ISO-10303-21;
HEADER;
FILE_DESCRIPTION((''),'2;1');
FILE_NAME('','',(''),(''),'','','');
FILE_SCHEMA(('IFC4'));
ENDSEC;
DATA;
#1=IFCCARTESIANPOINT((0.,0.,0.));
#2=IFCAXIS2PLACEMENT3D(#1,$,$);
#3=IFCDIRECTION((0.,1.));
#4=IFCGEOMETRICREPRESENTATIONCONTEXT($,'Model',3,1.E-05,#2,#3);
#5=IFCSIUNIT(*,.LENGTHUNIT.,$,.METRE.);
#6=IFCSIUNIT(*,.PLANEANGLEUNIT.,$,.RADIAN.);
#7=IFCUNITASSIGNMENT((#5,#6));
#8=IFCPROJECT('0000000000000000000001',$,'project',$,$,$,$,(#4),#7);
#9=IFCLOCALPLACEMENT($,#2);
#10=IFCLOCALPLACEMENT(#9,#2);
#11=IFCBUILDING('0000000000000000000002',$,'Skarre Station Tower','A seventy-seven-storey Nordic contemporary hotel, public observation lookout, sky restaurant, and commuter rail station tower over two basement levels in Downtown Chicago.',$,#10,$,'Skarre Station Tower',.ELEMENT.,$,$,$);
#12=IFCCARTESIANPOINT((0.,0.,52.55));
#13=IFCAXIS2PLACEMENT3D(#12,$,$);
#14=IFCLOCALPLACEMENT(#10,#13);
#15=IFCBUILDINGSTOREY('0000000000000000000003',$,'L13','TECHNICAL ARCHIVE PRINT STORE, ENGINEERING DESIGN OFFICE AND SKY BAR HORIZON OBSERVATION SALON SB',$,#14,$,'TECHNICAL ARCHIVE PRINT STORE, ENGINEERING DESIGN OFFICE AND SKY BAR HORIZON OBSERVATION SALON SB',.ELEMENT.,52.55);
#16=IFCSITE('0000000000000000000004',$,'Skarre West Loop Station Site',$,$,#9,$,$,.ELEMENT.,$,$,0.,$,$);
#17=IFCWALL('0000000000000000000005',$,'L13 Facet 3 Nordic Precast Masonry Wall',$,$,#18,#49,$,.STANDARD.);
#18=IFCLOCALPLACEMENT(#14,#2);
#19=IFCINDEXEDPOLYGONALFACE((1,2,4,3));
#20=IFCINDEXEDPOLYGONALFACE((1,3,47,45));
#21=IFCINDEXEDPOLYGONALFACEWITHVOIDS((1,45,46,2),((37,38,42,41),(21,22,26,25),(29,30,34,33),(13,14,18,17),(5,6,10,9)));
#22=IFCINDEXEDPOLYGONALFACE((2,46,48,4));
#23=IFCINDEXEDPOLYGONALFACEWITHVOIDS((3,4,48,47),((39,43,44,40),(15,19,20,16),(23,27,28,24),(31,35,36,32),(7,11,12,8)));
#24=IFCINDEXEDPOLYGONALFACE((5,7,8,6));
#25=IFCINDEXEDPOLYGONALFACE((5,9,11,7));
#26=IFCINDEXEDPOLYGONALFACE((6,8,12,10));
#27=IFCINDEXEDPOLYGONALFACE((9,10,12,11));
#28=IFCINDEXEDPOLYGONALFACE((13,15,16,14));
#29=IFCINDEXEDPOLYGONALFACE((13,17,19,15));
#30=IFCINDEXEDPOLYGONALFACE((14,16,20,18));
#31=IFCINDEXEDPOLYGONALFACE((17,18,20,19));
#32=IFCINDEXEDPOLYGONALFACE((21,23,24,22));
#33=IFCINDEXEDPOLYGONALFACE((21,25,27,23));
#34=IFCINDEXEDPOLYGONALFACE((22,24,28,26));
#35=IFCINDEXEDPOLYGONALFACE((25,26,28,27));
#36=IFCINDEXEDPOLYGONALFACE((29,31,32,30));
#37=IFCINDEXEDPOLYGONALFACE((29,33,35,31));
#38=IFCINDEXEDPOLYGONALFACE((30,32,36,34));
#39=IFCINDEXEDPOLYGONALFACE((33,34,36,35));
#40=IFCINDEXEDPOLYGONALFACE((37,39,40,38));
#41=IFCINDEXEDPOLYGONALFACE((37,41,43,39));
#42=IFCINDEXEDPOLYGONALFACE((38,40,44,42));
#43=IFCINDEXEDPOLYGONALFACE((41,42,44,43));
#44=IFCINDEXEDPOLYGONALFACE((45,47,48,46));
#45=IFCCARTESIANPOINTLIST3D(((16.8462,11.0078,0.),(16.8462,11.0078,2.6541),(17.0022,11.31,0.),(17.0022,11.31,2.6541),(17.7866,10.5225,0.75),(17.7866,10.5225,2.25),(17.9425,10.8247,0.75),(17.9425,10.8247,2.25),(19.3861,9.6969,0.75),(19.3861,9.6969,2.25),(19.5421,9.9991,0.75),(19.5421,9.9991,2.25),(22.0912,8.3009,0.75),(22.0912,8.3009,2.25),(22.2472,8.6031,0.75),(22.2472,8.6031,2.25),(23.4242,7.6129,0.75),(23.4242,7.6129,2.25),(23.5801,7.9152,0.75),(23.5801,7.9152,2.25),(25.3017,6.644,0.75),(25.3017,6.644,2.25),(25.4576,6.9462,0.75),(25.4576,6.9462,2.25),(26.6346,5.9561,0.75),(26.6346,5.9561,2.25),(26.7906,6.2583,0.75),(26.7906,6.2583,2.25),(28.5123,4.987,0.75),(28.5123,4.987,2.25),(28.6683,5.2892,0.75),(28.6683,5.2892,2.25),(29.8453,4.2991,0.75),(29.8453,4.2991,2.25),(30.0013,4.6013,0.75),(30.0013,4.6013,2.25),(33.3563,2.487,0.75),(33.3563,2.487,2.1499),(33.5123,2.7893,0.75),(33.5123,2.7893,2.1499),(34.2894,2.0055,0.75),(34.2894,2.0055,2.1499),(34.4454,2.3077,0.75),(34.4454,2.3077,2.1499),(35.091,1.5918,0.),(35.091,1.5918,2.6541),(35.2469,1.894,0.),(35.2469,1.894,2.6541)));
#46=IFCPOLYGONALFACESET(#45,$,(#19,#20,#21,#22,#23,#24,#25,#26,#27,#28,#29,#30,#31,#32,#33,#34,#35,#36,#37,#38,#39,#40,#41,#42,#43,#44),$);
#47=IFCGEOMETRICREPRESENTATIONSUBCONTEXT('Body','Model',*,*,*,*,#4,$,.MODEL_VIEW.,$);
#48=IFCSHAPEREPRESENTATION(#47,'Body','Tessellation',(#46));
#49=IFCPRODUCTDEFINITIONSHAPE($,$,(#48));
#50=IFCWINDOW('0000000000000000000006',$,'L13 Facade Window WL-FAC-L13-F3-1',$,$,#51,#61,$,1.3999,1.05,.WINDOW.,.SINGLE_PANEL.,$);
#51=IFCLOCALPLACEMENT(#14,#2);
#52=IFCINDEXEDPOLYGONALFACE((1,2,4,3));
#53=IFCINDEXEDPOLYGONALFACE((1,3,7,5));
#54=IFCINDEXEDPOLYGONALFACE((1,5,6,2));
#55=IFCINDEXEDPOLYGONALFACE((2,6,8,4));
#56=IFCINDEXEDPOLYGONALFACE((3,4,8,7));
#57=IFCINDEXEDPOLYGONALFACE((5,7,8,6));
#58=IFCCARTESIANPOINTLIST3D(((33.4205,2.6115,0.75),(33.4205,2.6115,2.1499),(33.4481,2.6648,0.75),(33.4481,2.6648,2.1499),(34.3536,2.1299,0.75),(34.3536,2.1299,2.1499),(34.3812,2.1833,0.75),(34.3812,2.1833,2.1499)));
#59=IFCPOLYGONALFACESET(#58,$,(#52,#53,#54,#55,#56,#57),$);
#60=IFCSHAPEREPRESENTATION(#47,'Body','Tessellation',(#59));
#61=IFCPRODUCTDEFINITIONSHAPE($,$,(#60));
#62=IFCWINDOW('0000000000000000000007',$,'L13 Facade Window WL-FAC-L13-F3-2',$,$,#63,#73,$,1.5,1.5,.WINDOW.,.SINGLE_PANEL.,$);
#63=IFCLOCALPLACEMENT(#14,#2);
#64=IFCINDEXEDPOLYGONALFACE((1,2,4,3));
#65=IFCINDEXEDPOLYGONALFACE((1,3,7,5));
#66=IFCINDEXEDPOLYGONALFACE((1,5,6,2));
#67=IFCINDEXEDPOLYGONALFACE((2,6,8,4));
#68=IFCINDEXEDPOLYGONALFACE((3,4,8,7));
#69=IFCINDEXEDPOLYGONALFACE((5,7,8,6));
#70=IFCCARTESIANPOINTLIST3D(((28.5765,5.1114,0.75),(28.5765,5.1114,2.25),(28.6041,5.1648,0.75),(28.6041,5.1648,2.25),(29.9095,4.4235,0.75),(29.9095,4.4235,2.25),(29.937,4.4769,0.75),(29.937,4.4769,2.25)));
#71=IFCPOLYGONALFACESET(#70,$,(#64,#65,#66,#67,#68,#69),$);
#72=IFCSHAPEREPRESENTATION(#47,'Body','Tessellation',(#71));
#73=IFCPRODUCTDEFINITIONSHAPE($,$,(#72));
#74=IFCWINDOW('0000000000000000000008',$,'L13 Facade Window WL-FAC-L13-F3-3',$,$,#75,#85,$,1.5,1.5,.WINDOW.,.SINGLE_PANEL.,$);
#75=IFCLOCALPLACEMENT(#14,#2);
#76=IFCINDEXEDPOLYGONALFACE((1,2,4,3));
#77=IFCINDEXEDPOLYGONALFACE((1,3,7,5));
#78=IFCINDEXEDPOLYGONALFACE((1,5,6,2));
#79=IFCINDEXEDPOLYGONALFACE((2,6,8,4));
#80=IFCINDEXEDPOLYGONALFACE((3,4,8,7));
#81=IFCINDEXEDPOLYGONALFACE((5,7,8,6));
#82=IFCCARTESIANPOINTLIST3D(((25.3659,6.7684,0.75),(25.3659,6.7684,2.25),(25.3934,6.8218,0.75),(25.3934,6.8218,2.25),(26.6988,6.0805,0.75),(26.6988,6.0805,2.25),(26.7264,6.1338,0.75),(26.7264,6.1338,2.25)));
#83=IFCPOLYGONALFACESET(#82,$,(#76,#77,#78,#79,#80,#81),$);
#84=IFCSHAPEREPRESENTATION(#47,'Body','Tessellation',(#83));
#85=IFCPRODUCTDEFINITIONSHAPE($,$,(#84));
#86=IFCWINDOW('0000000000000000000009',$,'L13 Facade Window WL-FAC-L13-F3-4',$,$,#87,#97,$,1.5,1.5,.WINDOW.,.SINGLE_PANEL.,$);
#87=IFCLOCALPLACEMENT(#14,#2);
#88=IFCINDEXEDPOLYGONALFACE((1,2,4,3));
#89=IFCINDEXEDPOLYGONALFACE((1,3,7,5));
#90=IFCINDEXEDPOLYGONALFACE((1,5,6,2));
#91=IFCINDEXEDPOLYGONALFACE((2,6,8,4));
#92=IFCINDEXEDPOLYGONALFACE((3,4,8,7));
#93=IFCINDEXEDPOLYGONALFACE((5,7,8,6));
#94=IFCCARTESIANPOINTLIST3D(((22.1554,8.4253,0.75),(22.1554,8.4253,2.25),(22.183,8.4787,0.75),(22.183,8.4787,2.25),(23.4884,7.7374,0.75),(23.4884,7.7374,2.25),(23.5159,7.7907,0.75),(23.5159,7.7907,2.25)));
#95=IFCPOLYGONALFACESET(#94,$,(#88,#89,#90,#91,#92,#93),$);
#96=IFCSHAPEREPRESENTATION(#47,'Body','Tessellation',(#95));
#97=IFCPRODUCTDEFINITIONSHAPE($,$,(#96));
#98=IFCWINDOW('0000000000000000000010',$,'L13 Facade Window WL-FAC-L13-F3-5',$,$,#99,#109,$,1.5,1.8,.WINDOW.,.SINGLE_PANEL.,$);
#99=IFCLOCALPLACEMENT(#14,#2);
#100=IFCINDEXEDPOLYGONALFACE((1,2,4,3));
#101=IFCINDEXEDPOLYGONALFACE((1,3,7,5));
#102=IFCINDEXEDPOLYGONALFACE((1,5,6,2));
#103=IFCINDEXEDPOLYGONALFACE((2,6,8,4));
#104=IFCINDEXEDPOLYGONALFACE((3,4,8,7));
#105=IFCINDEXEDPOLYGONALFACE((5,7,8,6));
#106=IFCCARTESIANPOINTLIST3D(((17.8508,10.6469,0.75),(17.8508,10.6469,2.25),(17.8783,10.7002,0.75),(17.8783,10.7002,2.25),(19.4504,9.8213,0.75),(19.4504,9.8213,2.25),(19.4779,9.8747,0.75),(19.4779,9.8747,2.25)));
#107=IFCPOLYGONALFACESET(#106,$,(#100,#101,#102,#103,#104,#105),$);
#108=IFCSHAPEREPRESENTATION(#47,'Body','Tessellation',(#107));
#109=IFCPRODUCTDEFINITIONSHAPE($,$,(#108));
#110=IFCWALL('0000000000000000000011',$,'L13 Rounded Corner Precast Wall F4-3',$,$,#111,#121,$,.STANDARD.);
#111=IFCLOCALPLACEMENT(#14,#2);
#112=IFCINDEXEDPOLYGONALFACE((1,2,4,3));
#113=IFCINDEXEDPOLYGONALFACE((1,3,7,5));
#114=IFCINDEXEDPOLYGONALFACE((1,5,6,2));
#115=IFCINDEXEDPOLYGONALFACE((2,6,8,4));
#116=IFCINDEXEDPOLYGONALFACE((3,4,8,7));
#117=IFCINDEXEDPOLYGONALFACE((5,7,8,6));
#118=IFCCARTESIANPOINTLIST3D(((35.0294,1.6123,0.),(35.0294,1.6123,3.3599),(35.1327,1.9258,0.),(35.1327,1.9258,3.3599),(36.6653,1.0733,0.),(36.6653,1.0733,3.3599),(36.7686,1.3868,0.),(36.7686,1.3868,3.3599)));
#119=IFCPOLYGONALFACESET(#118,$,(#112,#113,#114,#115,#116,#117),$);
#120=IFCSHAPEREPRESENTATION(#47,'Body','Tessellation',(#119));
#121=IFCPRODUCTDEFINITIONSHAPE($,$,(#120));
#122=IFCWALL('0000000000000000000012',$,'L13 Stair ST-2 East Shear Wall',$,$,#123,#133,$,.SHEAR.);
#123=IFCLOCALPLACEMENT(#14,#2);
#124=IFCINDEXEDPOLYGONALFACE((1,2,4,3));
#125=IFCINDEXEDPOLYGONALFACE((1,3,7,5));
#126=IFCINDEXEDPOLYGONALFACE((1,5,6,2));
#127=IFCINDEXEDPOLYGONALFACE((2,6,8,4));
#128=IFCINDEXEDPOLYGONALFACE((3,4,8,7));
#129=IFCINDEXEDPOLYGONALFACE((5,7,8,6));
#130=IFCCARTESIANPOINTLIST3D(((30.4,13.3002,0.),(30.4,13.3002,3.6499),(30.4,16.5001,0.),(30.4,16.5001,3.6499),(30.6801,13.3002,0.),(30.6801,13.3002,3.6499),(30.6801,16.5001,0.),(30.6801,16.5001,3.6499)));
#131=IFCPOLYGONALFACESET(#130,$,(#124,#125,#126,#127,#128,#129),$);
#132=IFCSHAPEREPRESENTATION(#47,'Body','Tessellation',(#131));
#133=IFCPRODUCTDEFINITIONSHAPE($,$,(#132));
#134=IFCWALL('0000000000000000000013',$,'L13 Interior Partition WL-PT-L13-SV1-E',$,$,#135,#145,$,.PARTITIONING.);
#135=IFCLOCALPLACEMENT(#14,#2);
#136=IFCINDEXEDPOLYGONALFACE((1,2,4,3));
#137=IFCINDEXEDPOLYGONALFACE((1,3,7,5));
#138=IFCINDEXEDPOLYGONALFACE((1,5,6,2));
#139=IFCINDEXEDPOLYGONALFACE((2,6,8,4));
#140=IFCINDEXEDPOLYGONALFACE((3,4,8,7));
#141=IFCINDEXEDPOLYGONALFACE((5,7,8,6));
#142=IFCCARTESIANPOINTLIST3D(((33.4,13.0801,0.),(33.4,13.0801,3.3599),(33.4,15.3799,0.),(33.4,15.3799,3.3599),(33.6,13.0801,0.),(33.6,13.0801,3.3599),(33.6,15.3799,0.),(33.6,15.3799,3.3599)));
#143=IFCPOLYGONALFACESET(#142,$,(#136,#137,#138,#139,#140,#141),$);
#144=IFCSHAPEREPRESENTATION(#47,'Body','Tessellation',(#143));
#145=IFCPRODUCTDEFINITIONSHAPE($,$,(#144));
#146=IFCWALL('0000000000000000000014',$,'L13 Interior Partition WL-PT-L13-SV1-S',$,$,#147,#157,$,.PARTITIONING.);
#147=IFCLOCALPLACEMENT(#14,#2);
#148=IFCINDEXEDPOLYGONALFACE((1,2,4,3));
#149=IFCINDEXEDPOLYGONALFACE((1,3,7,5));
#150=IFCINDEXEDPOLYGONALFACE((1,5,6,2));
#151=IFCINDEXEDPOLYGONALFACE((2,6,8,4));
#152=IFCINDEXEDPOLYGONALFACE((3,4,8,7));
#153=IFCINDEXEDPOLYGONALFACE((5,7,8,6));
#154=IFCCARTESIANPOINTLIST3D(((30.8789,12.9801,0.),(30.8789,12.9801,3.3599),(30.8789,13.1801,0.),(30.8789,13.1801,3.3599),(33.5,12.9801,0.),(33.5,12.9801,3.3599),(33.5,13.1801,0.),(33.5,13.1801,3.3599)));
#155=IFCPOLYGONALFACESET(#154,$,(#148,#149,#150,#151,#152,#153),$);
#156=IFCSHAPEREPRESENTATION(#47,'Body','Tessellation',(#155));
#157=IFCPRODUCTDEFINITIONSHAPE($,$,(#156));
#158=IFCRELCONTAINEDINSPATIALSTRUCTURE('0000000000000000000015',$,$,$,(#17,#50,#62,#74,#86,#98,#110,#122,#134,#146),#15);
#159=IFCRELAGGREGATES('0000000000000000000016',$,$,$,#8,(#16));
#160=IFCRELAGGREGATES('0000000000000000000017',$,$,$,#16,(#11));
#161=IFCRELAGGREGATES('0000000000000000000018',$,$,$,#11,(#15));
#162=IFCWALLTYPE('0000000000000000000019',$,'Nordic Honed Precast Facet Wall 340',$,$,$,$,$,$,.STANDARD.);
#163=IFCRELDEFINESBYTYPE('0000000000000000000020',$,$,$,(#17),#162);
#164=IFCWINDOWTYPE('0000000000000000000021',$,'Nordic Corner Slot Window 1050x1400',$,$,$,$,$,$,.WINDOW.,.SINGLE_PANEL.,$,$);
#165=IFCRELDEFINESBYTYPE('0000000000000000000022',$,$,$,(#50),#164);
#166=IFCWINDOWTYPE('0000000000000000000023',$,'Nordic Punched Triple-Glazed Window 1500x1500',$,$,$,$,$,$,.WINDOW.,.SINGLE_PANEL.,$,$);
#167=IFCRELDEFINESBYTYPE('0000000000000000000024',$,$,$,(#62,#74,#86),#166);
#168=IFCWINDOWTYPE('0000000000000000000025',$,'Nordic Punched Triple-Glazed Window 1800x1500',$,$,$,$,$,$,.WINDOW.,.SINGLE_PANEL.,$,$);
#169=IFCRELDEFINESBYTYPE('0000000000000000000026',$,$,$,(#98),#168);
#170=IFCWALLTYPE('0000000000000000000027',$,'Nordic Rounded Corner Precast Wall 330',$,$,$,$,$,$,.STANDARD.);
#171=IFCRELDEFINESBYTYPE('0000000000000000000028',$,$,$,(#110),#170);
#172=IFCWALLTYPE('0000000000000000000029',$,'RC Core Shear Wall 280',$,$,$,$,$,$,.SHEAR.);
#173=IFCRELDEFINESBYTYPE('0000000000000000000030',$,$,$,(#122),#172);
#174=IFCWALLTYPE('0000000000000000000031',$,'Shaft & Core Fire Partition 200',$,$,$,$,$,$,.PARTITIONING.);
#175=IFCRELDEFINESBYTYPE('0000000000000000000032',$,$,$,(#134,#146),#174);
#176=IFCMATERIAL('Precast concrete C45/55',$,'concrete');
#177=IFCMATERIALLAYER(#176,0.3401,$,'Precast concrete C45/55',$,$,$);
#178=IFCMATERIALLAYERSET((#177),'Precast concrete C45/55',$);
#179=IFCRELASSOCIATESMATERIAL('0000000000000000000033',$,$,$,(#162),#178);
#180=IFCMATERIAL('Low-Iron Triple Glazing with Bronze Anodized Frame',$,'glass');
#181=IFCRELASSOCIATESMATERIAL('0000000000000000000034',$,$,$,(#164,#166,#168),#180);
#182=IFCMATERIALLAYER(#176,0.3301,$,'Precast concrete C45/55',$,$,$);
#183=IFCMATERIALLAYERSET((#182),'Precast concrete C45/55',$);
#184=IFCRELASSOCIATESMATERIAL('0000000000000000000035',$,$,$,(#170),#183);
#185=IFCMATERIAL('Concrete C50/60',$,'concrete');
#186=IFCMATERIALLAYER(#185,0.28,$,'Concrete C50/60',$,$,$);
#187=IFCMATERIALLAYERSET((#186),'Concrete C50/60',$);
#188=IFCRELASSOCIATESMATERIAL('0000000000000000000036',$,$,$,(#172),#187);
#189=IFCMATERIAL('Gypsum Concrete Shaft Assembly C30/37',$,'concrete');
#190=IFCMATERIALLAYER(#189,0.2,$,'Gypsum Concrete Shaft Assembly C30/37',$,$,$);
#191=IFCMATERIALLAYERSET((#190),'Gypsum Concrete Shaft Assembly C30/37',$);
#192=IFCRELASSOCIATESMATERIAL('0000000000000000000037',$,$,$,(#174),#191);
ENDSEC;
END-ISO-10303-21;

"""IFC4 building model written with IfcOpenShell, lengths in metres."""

from ifc_helpers import new_model, si_unit, direction, frame, frame_2d, origin, place, context, subcontext, project, spatial, rectangle, extrude, material, layer, layer_set, type_object, element, fill, save


model = new_model("IFC4")

# Units and contexts
model_context = context("Model", 3, precision=1e-05, world=origin(), true_north=direction((0.0, 1.0)))
body_context = subcontext(model_context, "Body", "Model", "MODEL_VIEW")
ifc_project = project(units=[si_unit("LENGTHUNIT", "METRE"), si_unit("PLANEANGLEUNIT", "RADIAN")], contexts=[model_context])

# Site, building, storey
site_placement = place(None, origin())
site = spatial("IfcSite", under=ifc_project, at=site_placement, Name="Skarre West Loop Station Site", CompositionType="ELEMENT", RefElevation=0.0)
building_placement = place(site_placement, origin())
building = spatial("IfcBuilding", under=site, at=building_placement, Name="Skarre Station Tower", Description="A seventy-seven-storey Nordic contemporary hotel, public observation lookout, sky restaurant, and commuter rail station tower over two basement levels in Downtown Chicago.", LongName="Skarre Station Tower", CompositionType="ELEMENT")
storey_placement = place(building_placement, frame((0.0, 0.0, 52.55)))
storey = spatial("IfcBuildingStorey", under=building, at=storey_placement, Name="L13", Description="TECHNICAL ARCHIVE PRINT STORE, ENGINEERING DESIGN OFFICE AND SKY BAR HORIZON OBSERVATION SALON SB", LongName="TECHNICAL ARCHIVE PRINT STORE, ENGINEERING DESIGN OFFICE AND SKY BAR HORIZON OBSERVATION SALON SB", CompositionType="ELEMENT", Elevation=52.55)

# Wall, openings, windows
ifc_material_1 = material(Name="Precast concrete C45/55", Category="concrete")
ifc_layer_1 = layer(ifc_material_1, 0.3401, Name="Precast concrete C45/55")
ifc_layer_set_1 = layer_set([ifc_layer_1], Name="Precast concrete C45/55")
wall_type_1 = type_object("IfcWallType", Name="Nordic Honed Precast Facet Wall 340", PredefinedType="STANDARD", material=ifc_layer_set_1)
wall_1_placement = place(storey_placement, frame((35.1689, 1.7429, 0.0), z_axis=(0.0, 0.0, 1.0), x_axis=(-0.888634, 0.458616, 0.0)))
wall_1 = element("IfcWall", 1, at=wall_1_placement, inside=storey, type_object=wall_type_1, Name="L13 Facet 3 Nordic Precast Masonry Wall", PredefinedType="STANDARD", context=body_context, shape_type="SweptSolid", body=[
    extrude(rectangle(XDim=20.5312, YDim=0.3401, at=frame_2d((10.2656, 0.0))), origin(), (0.0, 0.0, 1.0), 2.6541),
])
opening_1_placement = place(wall_1_placement, frame((0.9021, 0.0, 0.75)))
opening_1 = element("IfcOpeningElement", 2, at=opening_1_placement, cuts=wall_1, PredefinedType="OPENING", context=body_context, shape_type="SweptSolid", body=[
    extrude(rectangle(XDim=1.05, YDim=1.3999, at=frame_2d((0.5249, 0.7))), frame((0.0, 0.1799, 0.0), z_axis=(0.0, -1.0, 0.0), x_axis=(1.0, 0.0, 0.0)), (0.0, 0.0, 1.0), 0.3601),
])
opening_2_placement = place(wall_1_placement, frame((5.9031, 0.0, 0.75)))
opening_2 = element("IfcOpeningElement", 3, at=opening_2_placement, cuts=wall_1, PredefinedType="OPENING", context=body_context, shape_type="SweptSolid", body=[
    extrude(rectangle(XDim=1.5, YDim=1.5, at=frame_2d((0.75, 0.75))), frame((0.0, 0.1799, 0.0), z_axis=(0.0, -1.0, 0.0), x_axis=(1.0, 0.0, 0.0)), (0.0, 0.0, 1.0), 0.3601),
])
opening_3_placement = place(wall_1_placement, frame((9.5161, 0.0, 0.75)))
opening_3 = element("IfcOpeningElement", 4, at=opening_3_placement, cuts=wall_1, PredefinedType="OPENING", context=body_context, shape_type="SweptSolid", body=[
    extrude(rectangle(XDim=1.5, YDim=1.5, at=frame_2d((0.75, 0.75))), frame((0.0, 0.1799, 0.0), z_axis=(0.0, -1.0, 0.0), x_axis=(1.0, 0.0, 0.0)), (0.0, 0.0, 1.0), 0.3601),
])
opening_4_placement = place(wall_1_placement, frame((13.1289, 0.0, 0.75)))
opening_4 = element("IfcOpeningElement", 5, at=opening_4_placement, cuts=wall_1, PredefinedType="OPENING", context=body_context, shape_type="SweptSolid", body=[
    extrude(rectangle(XDim=1.5, YDim=1.5, at=frame_2d((0.75, 0.75))), frame((0.0, 0.1799, 0.0), z_axis=(0.0, -1.0, 0.0), x_axis=(1.0, 0.0, 0.0)), (0.0, 0.0, 1.0), 0.3601),
])
opening_5_placement = place(wall_1_placement, frame((17.6731, 0.0, 0.75)))
opening_5 = element("IfcOpeningElement", 6, at=opening_5_placement, cuts=wall_1, PredefinedType="OPENING", context=body_context, shape_type="SweptSolid", body=[
    extrude(rectangle(XDim=1.8, YDim=1.5, at=frame_2d((0.8999, 0.75))), frame((0.0, 0.1799, 0.0), z_axis=(0.0, -1.0, 0.0), x_axis=(1.0, 0.0, 0.0)), (0.0, 0.0, 1.0), 0.3601),
])
ifc_material_2 = material(Name="Low-Iron Triple Glazing with Bronze Anodized Frame", Category="glass")
window_type_1 = type_object("IfcWindowType", Name="Nordic Corner Slot Window 1050x1400", PartitioningType="SINGLE_PANEL", PredefinedType="WINDOW", material=ifc_material_2)
window_1_placement = place(opening_1_placement, origin())
window_1 = element("IfcWindow", 7, at=window_1_placement, inside=storey, type_object=window_type_1, Name="L13 Facade Window WL-FAC-L13-F3-1", OverallHeight=1.3999, OverallWidth=1.05, PartitioningType="SINGLE_PANEL", PredefinedType="WINDOW", context=body_context, shape_type="SweptSolid", body=[
    extrude(rectangle(XDim=1.05, YDim=1.3999, at=frame_2d((0.5249, 0.7))), frame((0.0, 0.03, 0.0), z_axis=(0.0, -1.0, 0.0), x_axis=(1.0, 0.0, 0.0)), (0.0, 0.0, 1.0), 0.0601),
])
fill(opening_1, window_1)
window_type_2 = type_object("IfcWindowType", Name="Nordic Punched Triple-Glazed Window 1500x1500", PartitioningType="SINGLE_PANEL", PredefinedType="WINDOW", material=ifc_material_2)
window_2_placement = place(opening_2_placement, origin())
window_2 = element("IfcWindow", 8, at=window_2_placement, inside=storey, type_object=window_type_2, Name="L13 Facade Window WL-FAC-L13-F3-2", OverallHeight=1.5, OverallWidth=1.5, PartitioningType="SINGLE_PANEL", PredefinedType="WINDOW", context=body_context, shape_type="SweptSolid", body=[
    extrude(rectangle(XDim=1.5, YDim=1.5, at=frame_2d((0.75, 0.75))), frame((0.0, 0.03, 0.0), z_axis=(0.0, -1.0, 0.0), x_axis=(1.0, 0.0, 0.0)), (0.0, 0.0, 1.0), 0.0601),
])
fill(opening_2, window_2)
window_3_placement = place(opening_3_placement, origin())
window_3 = element("IfcWindow", 9, at=window_3_placement, inside=storey, type_object=window_type_2, Name="L13 Facade Window WL-FAC-L13-F3-3", OverallHeight=1.5, OverallWidth=1.5, PartitioningType="SINGLE_PANEL", PredefinedType="WINDOW", context=body_context, shape_type="SweptSolid", body=[
    extrude(rectangle(XDim=1.5, YDim=1.5, at=frame_2d((0.75, 0.75))), frame((0.0, 0.03, 0.0), z_axis=(0.0, -1.0, 0.0), x_axis=(1.0, 0.0, 0.0)), (0.0, 0.0, 1.0), 0.0601),
])
fill(opening_3, window_3)
window_4_placement = place(opening_4_placement, origin())
window_4 = element("IfcWindow", 10, at=window_4_placement, inside=storey, type_object=window_type_2, Name="L13 Facade Window WL-FAC-L13-F3-4", OverallHeight=1.5, OverallWidth=1.5, PartitioningType="SINGLE_PANEL", PredefinedType="WINDOW", context=body_context, shape_type="SweptSolid", body=[
    extrude(rectangle(XDim=1.5, YDim=1.5, at=frame_2d((0.75, 0.75))), frame((0.0, 0.03, 0.0), z_axis=(0.0, -1.0, 0.0), x_axis=(1.0, 0.0, 0.0)), (0.0, 0.0, 1.0), 0.0601),
])
fill(opening_4, window_4)
window_type_3 = type_object("IfcWindowType", Name="Nordic Punched Triple-Glazed Window 1800x1500", PartitioningType="SINGLE_PANEL", PredefinedType="WINDOW", material=ifc_material_2)
window_5_placement = place(opening_5_placement, origin())
window_5 = element("IfcWindow", 11, at=window_5_placement, inside=storey, type_object=window_type_3, Name="L13 Facade Window WL-FAC-L13-F3-5", OverallHeight=1.5, OverallWidth=1.8, PartitioningType="SINGLE_PANEL", PredefinedType="WINDOW", context=body_context, shape_type="SweptSolid", body=[
    extrude(rectangle(XDim=1.8, YDim=1.5, at=frame_2d((0.8999, 0.75))), frame((0.0, 0.03, 0.0), z_axis=(0.0, -1.0, 0.0), x_axis=(1.0, 0.0, 0.0)), (0.0, 0.0, 1.0), 0.0601),
])
fill(opening_5, window_5)

# Walls
ifc_layer_2 = layer(ifc_material_1, 0.3301, Name="Precast concrete C45/55")
ifc_layer_set_2 = layer_set([ifc_layer_2], Name="Precast concrete C45/55")
wall_type_2 = type_object("IfcWallType", Name="Nordic Rounded Corner Precast Wall 330", PredefinedType="STANDARD", material=ifc_layer_set_2)
wall_2_placement = place(storey_placement, frame((36.717, 1.23, 0.0), z_axis=(0.0, 0.0, 1.0), x_axis=(-0.949769, 0.312952, 0.0)))
element("IfcWall", 12, at=wall_2_placement, inside=storey, type_object=wall_type_2, Name="L13 Rounded Corner Precast Wall F4-3", PredefinedType="STANDARD", context=body_context, shape_type="SweptSolid", body=[
    extrude(rectangle(XDim=1.7224, YDim=0.3301, at=frame_2d((0.8613, 0.0))), origin(), (0.0, 0.0, 1.0), 3.3599),
])
ifc_material_3 = material(Name="Concrete C50/60", Category="concrete")
ifc_layer_3 = layer(ifc_material_3, 0.28, Name="Concrete C50/60")
ifc_layer_set_3 = layer_set([ifc_layer_3], Name="Concrete C50/60")
wall_type_3 = type_object("IfcWallType", Name="RC Core Shear Wall 280", PredefinedType="SHEAR", material=ifc_layer_set_3)
wall_3_placement = place(storey_placement, frame((30.54, 13.3, 0.0), z_axis=(0.0, 0.0, 1.0), x_axis=(0.0, 1.0, 0.0)))
element("IfcWall", 13, at=wall_3_placement, inside=storey, type_object=wall_type_3, Name="L13 Stair ST-2 East Shear Wall", PredefinedType="SHEAR", context=body_context, shape_type="SweptSolid", body=[
    extrude(rectangle(XDim=3.2, YDim=0.28, at=frame_2d((1.6001, 0.0))), origin(), (0.0, 0.0, 1.0), 3.6499),
])
ifc_material_4 = material(Name="Gypsum Concrete Shaft Assembly C30/37", Category="concrete")
ifc_layer_4 = layer(ifc_material_4, 0.2, Name="Gypsum Concrete Shaft Assembly C30/37")
ifc_layer_set_4 = layer_set([ifc_layer_4], Name="Gypsum Concrete Shaft Assembly C30/37")
wall_type_4 = type_object("IfcWallType", Name="Shaft & Core Fire Partition 200", PredefinedType="PARTITIONING", material=ifc_layer_set_4)
wall_4_placement = place(storey_placement, frame((33.5, 13.0801, 0.0), z_axis=(0.0, 0.0, 1.0), x_axis=(0.0, 1.0, 0.0)))
element("IfcWall", 14, at=wall_4_placement, inside=storey, type_object=wall_type_4, Name="L13 Interior Partition WL-PT-L13-SV1-E", PredefinedType="PARTITIONING", context=body_context, shape_type="SweptSolid", body=[
    extrude(rectangle(XDim=2.2998, YDim=0.2, at=frame_2d((1.1499, 0.0))), origin(), (0.0, 0.0, 1.0), 3.3599),
])
wall_5_placement = place(storey_placement, frame((30.8789, 13.0801, 0.0), z_axis=(0.0, 0.0, 1.0), x_axis=(1.0, 0.0, 0.0)))
element("IfcWall", 15, at=wall_5_placement, inside=storey, type_object=wall_type_4, Name="L13 Interior Partition WL-PT-L13-SV1-S", PredefinedType="PARTITIONING", context=body_context, shape_type="SweptSolid", body=[
    extrude(rectangle(XDim=2.6211, YDim=0.2, at=frame_2d((1.3105, 0.0))), origin(), (0.0, 0.0, 1.0), 3.3599),
])

save(model, "model.ifc")
